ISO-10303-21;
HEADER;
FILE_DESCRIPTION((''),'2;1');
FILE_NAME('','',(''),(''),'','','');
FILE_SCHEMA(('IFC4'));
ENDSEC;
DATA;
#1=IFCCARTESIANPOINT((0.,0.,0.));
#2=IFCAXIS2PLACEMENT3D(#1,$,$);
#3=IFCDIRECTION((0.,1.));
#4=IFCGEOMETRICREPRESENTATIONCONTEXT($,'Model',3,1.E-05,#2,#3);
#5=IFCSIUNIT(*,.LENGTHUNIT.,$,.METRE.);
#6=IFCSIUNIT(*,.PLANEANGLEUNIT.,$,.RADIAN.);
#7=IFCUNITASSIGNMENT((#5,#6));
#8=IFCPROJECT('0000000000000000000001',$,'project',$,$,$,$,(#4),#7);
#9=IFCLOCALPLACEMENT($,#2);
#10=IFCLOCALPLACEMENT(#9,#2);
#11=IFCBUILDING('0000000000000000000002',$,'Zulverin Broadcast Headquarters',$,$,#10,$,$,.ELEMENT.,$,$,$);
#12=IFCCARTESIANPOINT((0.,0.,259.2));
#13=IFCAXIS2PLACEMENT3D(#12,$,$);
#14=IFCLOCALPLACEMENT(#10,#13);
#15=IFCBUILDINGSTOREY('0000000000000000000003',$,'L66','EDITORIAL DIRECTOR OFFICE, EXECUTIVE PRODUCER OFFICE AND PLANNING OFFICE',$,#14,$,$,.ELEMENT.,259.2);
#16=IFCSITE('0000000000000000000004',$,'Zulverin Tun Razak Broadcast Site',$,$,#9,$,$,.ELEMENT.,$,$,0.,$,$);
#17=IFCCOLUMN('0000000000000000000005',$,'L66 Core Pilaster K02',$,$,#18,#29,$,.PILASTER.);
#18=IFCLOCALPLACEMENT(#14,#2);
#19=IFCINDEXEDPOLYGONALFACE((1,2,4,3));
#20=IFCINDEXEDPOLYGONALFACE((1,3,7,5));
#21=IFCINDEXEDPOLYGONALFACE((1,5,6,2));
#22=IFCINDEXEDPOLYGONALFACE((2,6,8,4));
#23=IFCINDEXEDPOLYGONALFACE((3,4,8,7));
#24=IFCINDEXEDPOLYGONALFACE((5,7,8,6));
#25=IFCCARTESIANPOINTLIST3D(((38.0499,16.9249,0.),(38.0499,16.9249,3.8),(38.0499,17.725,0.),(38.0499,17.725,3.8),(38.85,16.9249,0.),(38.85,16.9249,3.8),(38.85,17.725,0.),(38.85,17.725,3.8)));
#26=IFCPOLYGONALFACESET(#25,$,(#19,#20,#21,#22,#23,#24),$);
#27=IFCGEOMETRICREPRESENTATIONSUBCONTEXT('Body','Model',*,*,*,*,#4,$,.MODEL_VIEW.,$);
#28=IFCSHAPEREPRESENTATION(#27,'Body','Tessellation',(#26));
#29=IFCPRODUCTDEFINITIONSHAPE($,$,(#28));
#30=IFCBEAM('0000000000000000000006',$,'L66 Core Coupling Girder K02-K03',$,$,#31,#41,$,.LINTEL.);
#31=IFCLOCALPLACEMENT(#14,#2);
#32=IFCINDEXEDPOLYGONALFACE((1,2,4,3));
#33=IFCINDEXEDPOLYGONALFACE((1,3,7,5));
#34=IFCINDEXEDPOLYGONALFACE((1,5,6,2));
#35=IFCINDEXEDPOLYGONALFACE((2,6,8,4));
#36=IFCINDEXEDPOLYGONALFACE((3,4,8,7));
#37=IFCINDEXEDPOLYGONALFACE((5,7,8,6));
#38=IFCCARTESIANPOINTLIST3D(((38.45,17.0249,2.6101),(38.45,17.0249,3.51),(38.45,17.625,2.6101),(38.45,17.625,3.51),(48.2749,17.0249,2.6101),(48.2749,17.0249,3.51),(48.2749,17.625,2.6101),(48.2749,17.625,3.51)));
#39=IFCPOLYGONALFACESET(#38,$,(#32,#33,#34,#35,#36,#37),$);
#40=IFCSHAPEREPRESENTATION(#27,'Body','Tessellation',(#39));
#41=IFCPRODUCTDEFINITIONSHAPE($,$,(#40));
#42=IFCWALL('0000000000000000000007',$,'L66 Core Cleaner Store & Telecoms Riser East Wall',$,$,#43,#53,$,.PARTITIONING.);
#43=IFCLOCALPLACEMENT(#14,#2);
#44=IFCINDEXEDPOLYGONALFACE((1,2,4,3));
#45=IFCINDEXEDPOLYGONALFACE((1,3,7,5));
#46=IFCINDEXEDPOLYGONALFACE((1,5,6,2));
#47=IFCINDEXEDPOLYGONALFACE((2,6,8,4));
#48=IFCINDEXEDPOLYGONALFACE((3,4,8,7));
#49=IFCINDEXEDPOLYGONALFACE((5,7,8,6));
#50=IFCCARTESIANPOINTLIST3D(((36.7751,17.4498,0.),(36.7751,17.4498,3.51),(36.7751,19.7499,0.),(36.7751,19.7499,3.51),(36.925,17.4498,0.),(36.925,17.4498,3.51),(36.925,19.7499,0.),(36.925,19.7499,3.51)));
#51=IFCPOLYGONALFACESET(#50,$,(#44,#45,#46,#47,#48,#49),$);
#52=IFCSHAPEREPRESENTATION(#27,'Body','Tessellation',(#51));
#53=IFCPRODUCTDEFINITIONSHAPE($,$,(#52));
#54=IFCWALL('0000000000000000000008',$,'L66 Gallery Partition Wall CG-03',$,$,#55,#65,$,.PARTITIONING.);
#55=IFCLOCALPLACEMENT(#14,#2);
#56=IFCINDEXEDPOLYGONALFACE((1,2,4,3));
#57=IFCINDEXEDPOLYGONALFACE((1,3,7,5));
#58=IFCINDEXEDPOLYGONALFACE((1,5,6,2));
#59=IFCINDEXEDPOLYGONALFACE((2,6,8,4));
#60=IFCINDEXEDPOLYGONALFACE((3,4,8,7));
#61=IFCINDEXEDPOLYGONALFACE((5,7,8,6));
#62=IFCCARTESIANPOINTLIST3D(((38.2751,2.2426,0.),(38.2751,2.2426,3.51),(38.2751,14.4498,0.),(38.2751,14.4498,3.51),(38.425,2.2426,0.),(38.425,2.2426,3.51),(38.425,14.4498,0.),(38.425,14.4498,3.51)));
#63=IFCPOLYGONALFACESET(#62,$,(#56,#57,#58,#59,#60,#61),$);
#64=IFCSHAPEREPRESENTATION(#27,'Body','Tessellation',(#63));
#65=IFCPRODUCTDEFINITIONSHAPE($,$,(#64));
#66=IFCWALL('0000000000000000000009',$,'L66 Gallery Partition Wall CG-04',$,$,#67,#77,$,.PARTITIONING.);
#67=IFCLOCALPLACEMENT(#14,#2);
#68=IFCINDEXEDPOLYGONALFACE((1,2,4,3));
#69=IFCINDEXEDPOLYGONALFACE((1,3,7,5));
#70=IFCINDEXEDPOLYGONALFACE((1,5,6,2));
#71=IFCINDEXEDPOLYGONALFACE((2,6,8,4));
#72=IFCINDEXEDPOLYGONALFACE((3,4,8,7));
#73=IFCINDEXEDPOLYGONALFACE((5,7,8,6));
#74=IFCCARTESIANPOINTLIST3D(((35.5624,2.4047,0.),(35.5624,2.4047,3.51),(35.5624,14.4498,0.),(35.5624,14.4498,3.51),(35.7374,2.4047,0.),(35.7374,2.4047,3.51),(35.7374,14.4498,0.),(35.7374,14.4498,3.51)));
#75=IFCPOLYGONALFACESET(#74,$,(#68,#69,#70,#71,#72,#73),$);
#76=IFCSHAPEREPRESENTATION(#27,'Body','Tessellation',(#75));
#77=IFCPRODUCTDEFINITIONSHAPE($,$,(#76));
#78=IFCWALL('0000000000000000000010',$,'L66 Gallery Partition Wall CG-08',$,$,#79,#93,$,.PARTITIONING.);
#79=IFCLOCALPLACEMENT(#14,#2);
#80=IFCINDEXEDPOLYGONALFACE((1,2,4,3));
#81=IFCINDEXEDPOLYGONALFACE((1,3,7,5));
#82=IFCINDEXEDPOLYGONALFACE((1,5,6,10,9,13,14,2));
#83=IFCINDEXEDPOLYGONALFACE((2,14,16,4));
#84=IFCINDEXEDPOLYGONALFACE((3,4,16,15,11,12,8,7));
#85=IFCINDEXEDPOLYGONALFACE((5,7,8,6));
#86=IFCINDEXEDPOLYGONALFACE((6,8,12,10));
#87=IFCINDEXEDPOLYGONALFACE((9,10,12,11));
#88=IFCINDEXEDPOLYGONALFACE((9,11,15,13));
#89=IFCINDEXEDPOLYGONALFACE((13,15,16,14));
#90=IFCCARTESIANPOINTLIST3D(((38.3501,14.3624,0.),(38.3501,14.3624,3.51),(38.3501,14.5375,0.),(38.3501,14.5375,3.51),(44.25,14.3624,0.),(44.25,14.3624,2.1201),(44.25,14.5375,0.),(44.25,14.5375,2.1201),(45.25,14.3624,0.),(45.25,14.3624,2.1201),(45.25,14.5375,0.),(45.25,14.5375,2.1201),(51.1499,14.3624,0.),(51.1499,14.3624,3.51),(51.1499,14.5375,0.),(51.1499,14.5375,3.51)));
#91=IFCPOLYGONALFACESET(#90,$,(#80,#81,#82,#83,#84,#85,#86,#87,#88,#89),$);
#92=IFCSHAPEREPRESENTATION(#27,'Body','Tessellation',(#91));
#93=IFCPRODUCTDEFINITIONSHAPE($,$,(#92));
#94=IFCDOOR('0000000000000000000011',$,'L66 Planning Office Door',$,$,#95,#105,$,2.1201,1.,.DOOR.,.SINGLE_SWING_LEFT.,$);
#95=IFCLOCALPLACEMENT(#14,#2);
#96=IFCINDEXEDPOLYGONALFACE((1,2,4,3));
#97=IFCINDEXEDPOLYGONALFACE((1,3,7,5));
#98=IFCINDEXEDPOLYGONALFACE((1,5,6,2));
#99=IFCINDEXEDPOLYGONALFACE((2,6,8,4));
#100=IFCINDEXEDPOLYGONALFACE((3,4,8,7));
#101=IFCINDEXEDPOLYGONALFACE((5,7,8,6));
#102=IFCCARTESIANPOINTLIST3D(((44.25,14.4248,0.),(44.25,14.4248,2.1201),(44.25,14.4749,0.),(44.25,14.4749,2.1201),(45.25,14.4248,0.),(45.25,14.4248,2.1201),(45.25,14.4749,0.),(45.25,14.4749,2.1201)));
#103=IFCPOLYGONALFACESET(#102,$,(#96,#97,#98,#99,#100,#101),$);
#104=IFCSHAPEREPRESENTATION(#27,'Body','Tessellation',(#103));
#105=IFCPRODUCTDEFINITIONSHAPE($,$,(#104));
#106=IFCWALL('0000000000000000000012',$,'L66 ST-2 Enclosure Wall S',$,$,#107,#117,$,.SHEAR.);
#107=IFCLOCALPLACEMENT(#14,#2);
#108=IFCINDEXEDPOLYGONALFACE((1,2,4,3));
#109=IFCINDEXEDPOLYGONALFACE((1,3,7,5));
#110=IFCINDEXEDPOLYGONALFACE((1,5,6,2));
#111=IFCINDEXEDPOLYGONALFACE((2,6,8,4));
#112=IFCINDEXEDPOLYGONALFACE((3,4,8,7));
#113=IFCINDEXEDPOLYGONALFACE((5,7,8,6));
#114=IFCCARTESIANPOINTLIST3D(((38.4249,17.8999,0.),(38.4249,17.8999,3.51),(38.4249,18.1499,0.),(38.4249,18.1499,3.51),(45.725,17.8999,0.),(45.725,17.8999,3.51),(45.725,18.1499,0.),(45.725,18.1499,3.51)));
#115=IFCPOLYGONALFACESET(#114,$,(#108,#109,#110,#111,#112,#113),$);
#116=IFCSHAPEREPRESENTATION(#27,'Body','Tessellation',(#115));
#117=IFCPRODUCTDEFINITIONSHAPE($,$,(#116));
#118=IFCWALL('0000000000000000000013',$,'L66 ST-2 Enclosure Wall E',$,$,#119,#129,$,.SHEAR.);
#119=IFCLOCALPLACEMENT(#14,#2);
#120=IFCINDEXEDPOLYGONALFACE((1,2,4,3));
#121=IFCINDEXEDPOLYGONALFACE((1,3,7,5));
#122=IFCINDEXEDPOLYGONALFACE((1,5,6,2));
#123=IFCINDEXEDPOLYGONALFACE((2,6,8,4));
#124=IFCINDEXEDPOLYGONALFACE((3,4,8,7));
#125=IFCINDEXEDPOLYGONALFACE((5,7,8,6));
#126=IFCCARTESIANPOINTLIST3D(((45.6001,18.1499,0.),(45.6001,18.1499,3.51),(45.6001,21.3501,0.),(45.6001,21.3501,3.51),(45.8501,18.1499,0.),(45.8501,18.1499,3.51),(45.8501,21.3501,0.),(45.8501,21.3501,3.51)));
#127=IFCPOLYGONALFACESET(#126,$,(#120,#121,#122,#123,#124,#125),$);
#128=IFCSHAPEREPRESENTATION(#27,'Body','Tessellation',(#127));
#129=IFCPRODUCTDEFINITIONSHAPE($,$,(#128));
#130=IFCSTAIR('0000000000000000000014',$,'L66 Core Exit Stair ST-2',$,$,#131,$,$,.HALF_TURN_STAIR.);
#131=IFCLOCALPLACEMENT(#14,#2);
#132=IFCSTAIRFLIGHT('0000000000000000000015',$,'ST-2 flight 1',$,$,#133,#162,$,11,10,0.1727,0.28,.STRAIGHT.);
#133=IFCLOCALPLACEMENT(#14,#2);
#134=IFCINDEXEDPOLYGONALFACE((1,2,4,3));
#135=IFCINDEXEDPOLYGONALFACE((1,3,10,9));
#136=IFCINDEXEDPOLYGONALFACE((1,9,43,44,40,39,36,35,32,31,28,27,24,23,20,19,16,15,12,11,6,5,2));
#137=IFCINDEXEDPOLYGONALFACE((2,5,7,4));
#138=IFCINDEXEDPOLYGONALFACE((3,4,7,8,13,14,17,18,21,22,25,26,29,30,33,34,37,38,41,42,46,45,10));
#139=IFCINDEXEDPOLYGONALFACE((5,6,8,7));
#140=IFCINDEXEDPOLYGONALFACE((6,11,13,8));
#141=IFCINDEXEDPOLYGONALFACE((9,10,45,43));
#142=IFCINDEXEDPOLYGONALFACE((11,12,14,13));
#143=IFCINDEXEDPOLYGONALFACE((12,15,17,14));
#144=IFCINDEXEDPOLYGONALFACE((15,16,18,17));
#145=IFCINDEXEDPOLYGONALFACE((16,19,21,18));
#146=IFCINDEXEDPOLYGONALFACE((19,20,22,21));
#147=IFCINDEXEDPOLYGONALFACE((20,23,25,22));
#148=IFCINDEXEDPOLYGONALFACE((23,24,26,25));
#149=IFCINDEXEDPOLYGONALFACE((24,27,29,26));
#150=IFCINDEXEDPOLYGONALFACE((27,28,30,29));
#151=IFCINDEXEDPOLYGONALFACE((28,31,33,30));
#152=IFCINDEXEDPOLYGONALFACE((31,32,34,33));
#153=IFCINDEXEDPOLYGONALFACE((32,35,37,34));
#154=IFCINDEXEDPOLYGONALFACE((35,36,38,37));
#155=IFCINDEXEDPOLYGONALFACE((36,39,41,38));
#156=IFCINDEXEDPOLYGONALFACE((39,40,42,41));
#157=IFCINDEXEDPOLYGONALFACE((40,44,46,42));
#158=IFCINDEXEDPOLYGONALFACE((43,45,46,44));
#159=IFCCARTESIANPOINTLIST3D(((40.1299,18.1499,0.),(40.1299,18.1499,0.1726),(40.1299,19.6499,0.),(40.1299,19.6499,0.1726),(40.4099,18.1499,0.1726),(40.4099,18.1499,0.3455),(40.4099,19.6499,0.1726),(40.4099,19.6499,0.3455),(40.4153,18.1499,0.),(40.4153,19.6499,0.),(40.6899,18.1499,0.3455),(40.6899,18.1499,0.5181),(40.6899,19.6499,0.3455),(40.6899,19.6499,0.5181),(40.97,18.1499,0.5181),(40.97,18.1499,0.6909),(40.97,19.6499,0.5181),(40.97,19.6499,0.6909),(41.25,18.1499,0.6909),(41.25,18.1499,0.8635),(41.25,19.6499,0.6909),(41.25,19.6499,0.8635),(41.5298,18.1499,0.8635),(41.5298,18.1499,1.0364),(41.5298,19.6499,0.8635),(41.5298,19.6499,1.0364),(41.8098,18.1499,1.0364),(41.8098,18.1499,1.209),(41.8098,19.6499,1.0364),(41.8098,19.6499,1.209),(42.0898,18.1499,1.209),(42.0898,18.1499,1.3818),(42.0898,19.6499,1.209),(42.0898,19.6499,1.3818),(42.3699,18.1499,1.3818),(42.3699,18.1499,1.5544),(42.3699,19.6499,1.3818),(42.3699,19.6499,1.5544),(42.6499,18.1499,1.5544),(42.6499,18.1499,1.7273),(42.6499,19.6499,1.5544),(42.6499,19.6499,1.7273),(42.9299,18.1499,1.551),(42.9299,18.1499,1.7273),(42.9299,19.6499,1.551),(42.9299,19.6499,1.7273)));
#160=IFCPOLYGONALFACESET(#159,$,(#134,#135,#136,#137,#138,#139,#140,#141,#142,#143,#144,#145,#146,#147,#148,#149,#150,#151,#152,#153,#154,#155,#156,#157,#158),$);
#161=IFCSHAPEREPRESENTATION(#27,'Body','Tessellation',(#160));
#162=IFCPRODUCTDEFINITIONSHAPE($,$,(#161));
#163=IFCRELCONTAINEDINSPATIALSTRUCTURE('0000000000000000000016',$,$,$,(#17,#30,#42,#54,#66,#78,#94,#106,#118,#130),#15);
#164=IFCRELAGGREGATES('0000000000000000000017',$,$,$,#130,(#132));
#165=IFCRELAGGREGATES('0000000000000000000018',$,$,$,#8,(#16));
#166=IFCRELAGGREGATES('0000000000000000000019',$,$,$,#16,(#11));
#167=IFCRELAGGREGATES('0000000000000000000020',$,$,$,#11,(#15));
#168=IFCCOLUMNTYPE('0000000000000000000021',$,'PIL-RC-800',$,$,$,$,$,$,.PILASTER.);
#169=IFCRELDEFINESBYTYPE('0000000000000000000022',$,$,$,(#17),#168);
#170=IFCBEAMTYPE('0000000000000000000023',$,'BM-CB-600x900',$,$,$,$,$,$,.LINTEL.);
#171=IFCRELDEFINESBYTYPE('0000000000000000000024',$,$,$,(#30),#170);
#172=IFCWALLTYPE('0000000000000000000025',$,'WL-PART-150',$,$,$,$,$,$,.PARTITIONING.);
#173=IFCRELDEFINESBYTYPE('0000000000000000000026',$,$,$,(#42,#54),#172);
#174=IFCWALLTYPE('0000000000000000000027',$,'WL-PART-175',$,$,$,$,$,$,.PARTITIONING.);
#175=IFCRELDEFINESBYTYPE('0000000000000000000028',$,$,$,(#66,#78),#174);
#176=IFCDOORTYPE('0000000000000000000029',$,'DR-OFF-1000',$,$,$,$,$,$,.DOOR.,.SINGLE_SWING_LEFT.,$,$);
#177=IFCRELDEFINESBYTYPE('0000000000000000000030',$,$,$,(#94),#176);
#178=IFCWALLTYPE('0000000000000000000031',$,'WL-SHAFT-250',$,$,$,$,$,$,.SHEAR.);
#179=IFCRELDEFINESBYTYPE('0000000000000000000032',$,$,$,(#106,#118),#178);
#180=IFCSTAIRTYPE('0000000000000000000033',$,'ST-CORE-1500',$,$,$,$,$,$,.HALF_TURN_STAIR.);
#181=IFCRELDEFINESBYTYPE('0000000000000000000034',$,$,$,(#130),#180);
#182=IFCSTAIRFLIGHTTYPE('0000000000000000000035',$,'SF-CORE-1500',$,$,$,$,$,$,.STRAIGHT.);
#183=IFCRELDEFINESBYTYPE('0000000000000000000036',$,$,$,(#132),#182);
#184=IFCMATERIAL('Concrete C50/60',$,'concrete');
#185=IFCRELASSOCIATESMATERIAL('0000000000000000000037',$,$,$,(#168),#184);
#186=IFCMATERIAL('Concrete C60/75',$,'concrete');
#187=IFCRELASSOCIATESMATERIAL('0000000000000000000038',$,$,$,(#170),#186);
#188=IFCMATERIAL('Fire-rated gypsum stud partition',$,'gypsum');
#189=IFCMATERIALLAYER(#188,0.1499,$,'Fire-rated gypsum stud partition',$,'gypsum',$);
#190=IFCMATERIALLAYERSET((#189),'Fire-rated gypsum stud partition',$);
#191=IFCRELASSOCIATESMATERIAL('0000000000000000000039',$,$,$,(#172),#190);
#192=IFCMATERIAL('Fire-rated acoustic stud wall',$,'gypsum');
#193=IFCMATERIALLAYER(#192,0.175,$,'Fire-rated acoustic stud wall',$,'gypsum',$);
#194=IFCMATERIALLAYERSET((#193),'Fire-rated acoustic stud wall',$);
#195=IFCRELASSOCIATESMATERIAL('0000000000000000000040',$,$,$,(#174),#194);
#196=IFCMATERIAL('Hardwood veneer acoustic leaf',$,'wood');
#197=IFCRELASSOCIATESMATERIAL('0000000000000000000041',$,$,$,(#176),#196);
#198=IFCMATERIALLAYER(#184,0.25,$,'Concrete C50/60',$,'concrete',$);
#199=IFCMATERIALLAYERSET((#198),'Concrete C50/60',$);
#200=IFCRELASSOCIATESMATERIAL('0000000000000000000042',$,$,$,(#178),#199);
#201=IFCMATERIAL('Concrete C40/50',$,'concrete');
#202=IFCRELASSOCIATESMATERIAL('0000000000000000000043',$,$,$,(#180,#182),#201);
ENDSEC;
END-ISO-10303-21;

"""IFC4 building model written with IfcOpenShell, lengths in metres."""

from ifc_helpers import new_model, si_unit, direction, frame, frame_2d, origin, origin_2d, place, context, subcontext, project, spatial, polyline, rectangle, outline, extrude, material, layer, layer_set, material_profile, profile_set, type_object, element, fill, aggregate, save


model = new_model("IFC4")

# Units and contexts
model_context = context("Model", 3, precision=1e-05, world=origin(), true_north=direction((0.0, 1.0)))
body_context = subcontext(model_context, "Body", "Model", "MODEL_VIEW")
ifc_project = project(units=[si_unit("LENGTHUNIT", "METRE"), si_unit("PLANEANGLEUNIT", "RADIAN")], contexts=[model_context])

# Site, building, storey
site_placement = place(None, origin())
site = spatial("IfcSite", under=ifc_project, at=site_placement, Name="Zulverin Tun Razak Broadcast Site", CompositionType="ELEMENT", RefElevation=0.0)
building_placement = place(site_placement, origin())
building = spatial("IfcBuilding", under=site, at=building_placement, Name="Zulverin Broadcast Headquarters", CompositionType="ELEMENT")
storey_placement = place(building_placement, frame((0.0, 0.0, 259.2)))
storey = spatial("IfcBuildingStorey", under=building, at=storey_placement, Name="L66", Description="EDITORIAL DIRECTOR OFFICE, EXECUTIVE PRODUCER OFFICE AND PLANNING OFFICE", CompositionType="ELEMENT", Elevation=259.2)

# Column
ifc_material_1 = material(Name="Concrete C50/60", Category="concrete")
ifc_material_profile_1 = material_profile(ifc_material_1, rectangle(XDim=0.8, YDim=0.8, at=origin_2d()), Name="Concrete C50/60", Category="concrete")
ifc_profile_set_1 = profile_set([ifc_material_profile_1], Name="Concrete C50/60")
column_type = type_object("IfcColumnType", Name="PIL-RC-800", PredefinedType="PILASTER", material=ifc_profile_set_1)
column_placement = place(storey_placement, frame((38.45, 17.325, 0.0), z_axis=(0.0, 0.0, 1.0), x_axis=(1.0, 0.0, 0.0)))
element("IfcColumn", 1, at=column_placement, inside=storey, type_object=column_type, Name="L66 Core Pilaster K02", PredefinedType="PILASTER", context=body_context, shape_type="SweptSolid", body=[
    extrude(rectangle(XDim=0.8, YDim=0.8, at=origin_2d()), origin(), (0.0, 0.0, 1.0), 3.8),
])

# Beam
ifc_material_2 = material(Name="Concrete C60/75", Category="concrete")
ifc_material_profile_2 = material_profile(ifc_material_2, rectangle(XDim=0.6001, YDim=0.8999, at=origin_2d()), Name="Concrete C60/75", Category="concrete")
ifc_profile_set_2 = profile_set([ifc_material_profile_2], Name="Concrete C60/75")
beam_type = type_object("IfcBeamType", Name="BM-CB-600x900", PredefinedType="LINTEL", material=ifc_profile_set_2)
beam_placement = place(storey_placement, frame((38.45, 17.325, 3.0601), z_axis=(1.0, 0.0, 0.0), x_axis=(0.0, 1.0, 0.0)))
element("IfcBeam", 2, at=beam_placement, inside=storey, type_object=beam_type, Name="L66 Core Coupling Girder K02-K03", PredefinedType="LINTEL", context=body_context, shape_type="SweptSolid", body=[
    extrude(rectangle(XDim=0.6001, YDim=0.8999, at=origin_2d()), origin(), (0.0, 0.0, 1.0), 9.825),
])

# Walls
ifc_material_3 = material(Name="Fire-rated gypsum stud partition", Category="gypsum")
ifc_layer_1 = layer(ifc_material_3, 0.1499, Name="Fire-rated gypsum stud partition", Category="gypsum")
ifc_layer_set_1 = layer_set([ifc_layer_1], Name="Fire-rated gypsum stud partition")
wall_type_1 = type_object("IfcWallType", Name="WL-PART-150", PredefinedType="PARTITIONING", material=ifc_layer_set_1)
wall_1_placement = place(storey_placement, frame((36.8501, 17.45, 0.0), z_axis=(0.0, 0.0, 1.0), x_axis=(0.0, 1.0, 0.0)))
element("IfcWall", 3, at=wall_1_placement, inside=storey, type_object=wall_type_1, Name="L66 Core Cleaner Store & Telecoms Riser East Wall", PredefinedType="PARTITIONING", context=body_context, shape_type="SweptSolid", body=[
    extrude(rectangle(XDim=2.3, YDim=0.1499, at=frame_2d((1.1499, 0.0))), origin(), (0.0, 0.0, 1.0), 3.51),
])
wall_2_placement = place(storey_placement, frame((38.3501, 2.2427, 0.0), z_axis=(0.0, 0.0, 1.0), x_axis=(0.0, 1.0, 0.0)))
element("IfcWall", 4, at=wall_2_placement, inside=storey, type_object=wall_type_1, Name="L66 Gallery Partition Wall CG-03", PredefinedType="PARTITIONING", context=body_context, shape_type="SweptSolid", body=[
    extrude(rectangle(XDim=12.2073, YDim=0.1499, at=frame_2d((6.1035, 0.0))), origin(), (0.0, 0.0, 1.0), 3.51),
])
ifc_material_4 = material(Name="Fire-rated acoustic stud wall", Category="gypsum")
ifc_layer_2 = layer(ifc_material_4, 0.175, Name="Fire-rated acoustic stud wall", Category="gypsum")
ifc_layer_set_2 = layer_set([ifc_layer_2], Name="Fire-rated acoustic stud wall")
wall_type_2 = type_object("IfcWallType", Name="WL-PART-175", PredefinedType="PARTITIONING", material=ifc_layer_set_2)
wall_3_placement = place(storey_placement, frame((35.6499, 2.4048, 0.0), z_axis=(0.0, 0.0, 1.0), x_axis=(0.0, 1.0, 0.0)))
element("IfcWall", 5, at=wall_3_placement, inside=storey, type_object=wall_type_2, Name="L66 Gallery Partition Wall CG-04", PredefinedType="PARTITIONING", context=body_context, shape_type="SweptSolid", body=[
    extrude(rectangle(XDim=12.0452, YDim=0.175, at=frame_2d((6.0225, 0.0))), origin(), (0.0, 0.0, 1.0), 3.51),
])

# Wall, opening, door
wall_4_placement = place(storey_placement, frame((38.3501, 14.45, 0.0), z_axis=(0.0, 0.0, 1.0), x_axis=(1.0, 0.0, 0.0)))
wall_4 = element("IfcWall", 6, at=wall_4_placement, inside=storey, type_object=wall_type_2, Name="L66 Gallery Partition Wall CG-08", PredefinedType="PARTITIONING", context=body_context, shape_type="SweptSolid", body=[
    extrude(rectangle(XDim=12.7998, YDim=0.175, at=frame_2d((6.3999, 0.0))), origin(), (0.0, 0.0, 1.0), 3.51),
])
opening_1_placement = place(wall_4_placement, frame((5.8999, 0.0, 0.0)))
opening_1 = element("IfcOpeningElement", 7, at=opening_1_placement, cuts=wall_4, PredefinedType="OPENING", context=body_context, shape_type="SweptSolid", body=[
    extrude(rectangle(XDim=1.0, YDim=2.1201, at=frame_2d((0.5, 1.0601))), frame((0.0, 0.0974, 0.0), z_axis=(0.0, -1.0, 0.0), x_axis=(1.0, 0.0, 0.0)), (0.0, 0.0, 1.0), 0.1951),
])
ifc_material_5 = material(Name="Hardwood veneer acoustic leaf", Category="wood")
door_type_1 = type_object("IfcDoorType", Name="DR-OFF-1000", OperationType="SINGLE_SWING_LEFT", PredefinedType="DOOR", material=ifc_material_5)
door_1_placement = place(opening_1_placement, origin())
door_1 = element("IfcDoor", 8, at=door_1_placement, inside=storey, type_object=door_type_1, Name="L66 Planning Office Door", OperationType="SINGLE_SWING_LEFT", OverallHeight=2.1201, OverallWidth=1.0, PredefinedType="DOOR", context=body_context, shape_type="SweptSolid", body=[
    extrude(rectangle(XDim=1.0, YDim=2.1201, at=frame_2d((0.5, 1.0601))), frame((0.0, 0.0249, 0.0), z_axis=(0.0, -1.0, 0.0), x_axis=(1.0, 0.0, 0.0)), (0.0, 0.0, 1.0), 0.05),
])
fill(opening_1, door_1)

# Wall
ifc_layer_3 = layer(ifc_material_1, 0.25, Name="Concrete C50/60", Category="concrete")
ifc_layer_set_3 = layer_set([ifc_layer_3], Name="Concrete C50/60")
wall_type_3 = type_object("IfcWallType", Name="WL-SHAFT-250", PredefinedType="SHEAR", material=ifc_layer_set_3)
wall_5_placement = place(storey_placement, frame((38.425, 18.0249, 0.0), z_axis=(0.0, 0.0, 1.0), x_axis=(1.0, 0.0, 0.0)))
element("IfcWall", 9, at=wall_5_placement, inside=storey, type_object=wall_type_3, Name="L66 ST-2 Enclosure Wall S", PredefinedType="SHEAR", context=body_context, shape_type="SweptSolid", body=[
    extrude(rectangle(XDim=7.3, YDim=0.25, at=frame_2d((3.6499, 0.0))), origin(), (0.0, 0.0, 1.0), 3.51),
])

# Wall
wall_6_placement = place(storey_placement, frame((45.7251, 18.1499, 0.0), z_axis=(0.0, 0.0, 1.0), x_axis=(0.0, 1.0, 0.0)))
element("IfcWall", 10, at=wall_6_placement, inside=storey, type_object=wall_type_3, Name="L66 ST-2 Enclosure Wall E", PredefinedType="SHEAR", context=body_context, shape_type="SweptSolid", body=[
    extrude(rectangle(XDim=3.2002, YDim=0.25, at=frame_2d((1.6001, 0.0))), origin(), (0.0, 0.0, 1.0), 3.51),
])

# Stair, stair flight
ifc_material_6 = material(Name="Concrete C40/50", Category="concrete")
stair_type = type_object("IfcStairType", Name="ST-CORE-1500", PredefinedType="HALF_TURN_STAIR", material=ifc_material_6)
stair_placement = place(storey_placement, origin())
stair = element("IfcStair", 11, at=stair_placement, inside=storey, type_object=stair_type, Name="L66 Core Exit Stair ST-2", PredefinedType="HALF_TURN_STAIR")
stair_flight_type = type_object("IfcStairFlightType", Name="SF-CORE-1500", PredefinedType="STRAIGHT", material=ifc_material_6)
stair_flight_placement = place(storey_placement, frame((40.1299, 18.8999, 0.0), z_axis=(0.0, 0.0, 1.0), x_axis=(1.0, 0.0, 0.0)))
stair_flight = element("IfcStairFlight", 12, at=stair_flight_placement, type_object=stair_flight_type, Name="ST-2 flight 1", NumberOfRisers=11, NumberOfTreads=10, PredefinedType="STRAIGHT", RiserHeight=0.1727, TreadLength=0.28, context=body_context, shape_type="SweptSolid", body=[
    extrude(outline(polyline([(0.0, 0.0), (0.0, 0.1726), (0.28, 0.1726), (0.28, 0.3455), (0.5601, 0.3455), (0.5601, 0.5181), (0.8401, 0.5181), (0.8401, 0.6909), (1.1201, 0.6909), (1.1201, 0.8635), (1.3999, 0.8635), (1.3999, 1.0364), (1.6799, 1.0364), (1.6799, 1.209), (1.96, 1.209), (1.96, 1.3818), (2.24, 1.3818), (2.24, 1.5544), (2.52, 1.5544), (2.52, 1.7273), (2.8, 1.7273), (2.8, 1.8999), (2.8, 1.551), (0.2854, 0.0), (0.0, 0.0)])), frame((0.0, 0.75, 0.0), z_axis=(0.0, -1.0, 0.0), x_axis=(1.0, 0.0, 0.0)), (0.0, 0.0, 1.0), 1.5),
])
aggregate(stair, [stair_flight])

save(model, "model.ifc")
